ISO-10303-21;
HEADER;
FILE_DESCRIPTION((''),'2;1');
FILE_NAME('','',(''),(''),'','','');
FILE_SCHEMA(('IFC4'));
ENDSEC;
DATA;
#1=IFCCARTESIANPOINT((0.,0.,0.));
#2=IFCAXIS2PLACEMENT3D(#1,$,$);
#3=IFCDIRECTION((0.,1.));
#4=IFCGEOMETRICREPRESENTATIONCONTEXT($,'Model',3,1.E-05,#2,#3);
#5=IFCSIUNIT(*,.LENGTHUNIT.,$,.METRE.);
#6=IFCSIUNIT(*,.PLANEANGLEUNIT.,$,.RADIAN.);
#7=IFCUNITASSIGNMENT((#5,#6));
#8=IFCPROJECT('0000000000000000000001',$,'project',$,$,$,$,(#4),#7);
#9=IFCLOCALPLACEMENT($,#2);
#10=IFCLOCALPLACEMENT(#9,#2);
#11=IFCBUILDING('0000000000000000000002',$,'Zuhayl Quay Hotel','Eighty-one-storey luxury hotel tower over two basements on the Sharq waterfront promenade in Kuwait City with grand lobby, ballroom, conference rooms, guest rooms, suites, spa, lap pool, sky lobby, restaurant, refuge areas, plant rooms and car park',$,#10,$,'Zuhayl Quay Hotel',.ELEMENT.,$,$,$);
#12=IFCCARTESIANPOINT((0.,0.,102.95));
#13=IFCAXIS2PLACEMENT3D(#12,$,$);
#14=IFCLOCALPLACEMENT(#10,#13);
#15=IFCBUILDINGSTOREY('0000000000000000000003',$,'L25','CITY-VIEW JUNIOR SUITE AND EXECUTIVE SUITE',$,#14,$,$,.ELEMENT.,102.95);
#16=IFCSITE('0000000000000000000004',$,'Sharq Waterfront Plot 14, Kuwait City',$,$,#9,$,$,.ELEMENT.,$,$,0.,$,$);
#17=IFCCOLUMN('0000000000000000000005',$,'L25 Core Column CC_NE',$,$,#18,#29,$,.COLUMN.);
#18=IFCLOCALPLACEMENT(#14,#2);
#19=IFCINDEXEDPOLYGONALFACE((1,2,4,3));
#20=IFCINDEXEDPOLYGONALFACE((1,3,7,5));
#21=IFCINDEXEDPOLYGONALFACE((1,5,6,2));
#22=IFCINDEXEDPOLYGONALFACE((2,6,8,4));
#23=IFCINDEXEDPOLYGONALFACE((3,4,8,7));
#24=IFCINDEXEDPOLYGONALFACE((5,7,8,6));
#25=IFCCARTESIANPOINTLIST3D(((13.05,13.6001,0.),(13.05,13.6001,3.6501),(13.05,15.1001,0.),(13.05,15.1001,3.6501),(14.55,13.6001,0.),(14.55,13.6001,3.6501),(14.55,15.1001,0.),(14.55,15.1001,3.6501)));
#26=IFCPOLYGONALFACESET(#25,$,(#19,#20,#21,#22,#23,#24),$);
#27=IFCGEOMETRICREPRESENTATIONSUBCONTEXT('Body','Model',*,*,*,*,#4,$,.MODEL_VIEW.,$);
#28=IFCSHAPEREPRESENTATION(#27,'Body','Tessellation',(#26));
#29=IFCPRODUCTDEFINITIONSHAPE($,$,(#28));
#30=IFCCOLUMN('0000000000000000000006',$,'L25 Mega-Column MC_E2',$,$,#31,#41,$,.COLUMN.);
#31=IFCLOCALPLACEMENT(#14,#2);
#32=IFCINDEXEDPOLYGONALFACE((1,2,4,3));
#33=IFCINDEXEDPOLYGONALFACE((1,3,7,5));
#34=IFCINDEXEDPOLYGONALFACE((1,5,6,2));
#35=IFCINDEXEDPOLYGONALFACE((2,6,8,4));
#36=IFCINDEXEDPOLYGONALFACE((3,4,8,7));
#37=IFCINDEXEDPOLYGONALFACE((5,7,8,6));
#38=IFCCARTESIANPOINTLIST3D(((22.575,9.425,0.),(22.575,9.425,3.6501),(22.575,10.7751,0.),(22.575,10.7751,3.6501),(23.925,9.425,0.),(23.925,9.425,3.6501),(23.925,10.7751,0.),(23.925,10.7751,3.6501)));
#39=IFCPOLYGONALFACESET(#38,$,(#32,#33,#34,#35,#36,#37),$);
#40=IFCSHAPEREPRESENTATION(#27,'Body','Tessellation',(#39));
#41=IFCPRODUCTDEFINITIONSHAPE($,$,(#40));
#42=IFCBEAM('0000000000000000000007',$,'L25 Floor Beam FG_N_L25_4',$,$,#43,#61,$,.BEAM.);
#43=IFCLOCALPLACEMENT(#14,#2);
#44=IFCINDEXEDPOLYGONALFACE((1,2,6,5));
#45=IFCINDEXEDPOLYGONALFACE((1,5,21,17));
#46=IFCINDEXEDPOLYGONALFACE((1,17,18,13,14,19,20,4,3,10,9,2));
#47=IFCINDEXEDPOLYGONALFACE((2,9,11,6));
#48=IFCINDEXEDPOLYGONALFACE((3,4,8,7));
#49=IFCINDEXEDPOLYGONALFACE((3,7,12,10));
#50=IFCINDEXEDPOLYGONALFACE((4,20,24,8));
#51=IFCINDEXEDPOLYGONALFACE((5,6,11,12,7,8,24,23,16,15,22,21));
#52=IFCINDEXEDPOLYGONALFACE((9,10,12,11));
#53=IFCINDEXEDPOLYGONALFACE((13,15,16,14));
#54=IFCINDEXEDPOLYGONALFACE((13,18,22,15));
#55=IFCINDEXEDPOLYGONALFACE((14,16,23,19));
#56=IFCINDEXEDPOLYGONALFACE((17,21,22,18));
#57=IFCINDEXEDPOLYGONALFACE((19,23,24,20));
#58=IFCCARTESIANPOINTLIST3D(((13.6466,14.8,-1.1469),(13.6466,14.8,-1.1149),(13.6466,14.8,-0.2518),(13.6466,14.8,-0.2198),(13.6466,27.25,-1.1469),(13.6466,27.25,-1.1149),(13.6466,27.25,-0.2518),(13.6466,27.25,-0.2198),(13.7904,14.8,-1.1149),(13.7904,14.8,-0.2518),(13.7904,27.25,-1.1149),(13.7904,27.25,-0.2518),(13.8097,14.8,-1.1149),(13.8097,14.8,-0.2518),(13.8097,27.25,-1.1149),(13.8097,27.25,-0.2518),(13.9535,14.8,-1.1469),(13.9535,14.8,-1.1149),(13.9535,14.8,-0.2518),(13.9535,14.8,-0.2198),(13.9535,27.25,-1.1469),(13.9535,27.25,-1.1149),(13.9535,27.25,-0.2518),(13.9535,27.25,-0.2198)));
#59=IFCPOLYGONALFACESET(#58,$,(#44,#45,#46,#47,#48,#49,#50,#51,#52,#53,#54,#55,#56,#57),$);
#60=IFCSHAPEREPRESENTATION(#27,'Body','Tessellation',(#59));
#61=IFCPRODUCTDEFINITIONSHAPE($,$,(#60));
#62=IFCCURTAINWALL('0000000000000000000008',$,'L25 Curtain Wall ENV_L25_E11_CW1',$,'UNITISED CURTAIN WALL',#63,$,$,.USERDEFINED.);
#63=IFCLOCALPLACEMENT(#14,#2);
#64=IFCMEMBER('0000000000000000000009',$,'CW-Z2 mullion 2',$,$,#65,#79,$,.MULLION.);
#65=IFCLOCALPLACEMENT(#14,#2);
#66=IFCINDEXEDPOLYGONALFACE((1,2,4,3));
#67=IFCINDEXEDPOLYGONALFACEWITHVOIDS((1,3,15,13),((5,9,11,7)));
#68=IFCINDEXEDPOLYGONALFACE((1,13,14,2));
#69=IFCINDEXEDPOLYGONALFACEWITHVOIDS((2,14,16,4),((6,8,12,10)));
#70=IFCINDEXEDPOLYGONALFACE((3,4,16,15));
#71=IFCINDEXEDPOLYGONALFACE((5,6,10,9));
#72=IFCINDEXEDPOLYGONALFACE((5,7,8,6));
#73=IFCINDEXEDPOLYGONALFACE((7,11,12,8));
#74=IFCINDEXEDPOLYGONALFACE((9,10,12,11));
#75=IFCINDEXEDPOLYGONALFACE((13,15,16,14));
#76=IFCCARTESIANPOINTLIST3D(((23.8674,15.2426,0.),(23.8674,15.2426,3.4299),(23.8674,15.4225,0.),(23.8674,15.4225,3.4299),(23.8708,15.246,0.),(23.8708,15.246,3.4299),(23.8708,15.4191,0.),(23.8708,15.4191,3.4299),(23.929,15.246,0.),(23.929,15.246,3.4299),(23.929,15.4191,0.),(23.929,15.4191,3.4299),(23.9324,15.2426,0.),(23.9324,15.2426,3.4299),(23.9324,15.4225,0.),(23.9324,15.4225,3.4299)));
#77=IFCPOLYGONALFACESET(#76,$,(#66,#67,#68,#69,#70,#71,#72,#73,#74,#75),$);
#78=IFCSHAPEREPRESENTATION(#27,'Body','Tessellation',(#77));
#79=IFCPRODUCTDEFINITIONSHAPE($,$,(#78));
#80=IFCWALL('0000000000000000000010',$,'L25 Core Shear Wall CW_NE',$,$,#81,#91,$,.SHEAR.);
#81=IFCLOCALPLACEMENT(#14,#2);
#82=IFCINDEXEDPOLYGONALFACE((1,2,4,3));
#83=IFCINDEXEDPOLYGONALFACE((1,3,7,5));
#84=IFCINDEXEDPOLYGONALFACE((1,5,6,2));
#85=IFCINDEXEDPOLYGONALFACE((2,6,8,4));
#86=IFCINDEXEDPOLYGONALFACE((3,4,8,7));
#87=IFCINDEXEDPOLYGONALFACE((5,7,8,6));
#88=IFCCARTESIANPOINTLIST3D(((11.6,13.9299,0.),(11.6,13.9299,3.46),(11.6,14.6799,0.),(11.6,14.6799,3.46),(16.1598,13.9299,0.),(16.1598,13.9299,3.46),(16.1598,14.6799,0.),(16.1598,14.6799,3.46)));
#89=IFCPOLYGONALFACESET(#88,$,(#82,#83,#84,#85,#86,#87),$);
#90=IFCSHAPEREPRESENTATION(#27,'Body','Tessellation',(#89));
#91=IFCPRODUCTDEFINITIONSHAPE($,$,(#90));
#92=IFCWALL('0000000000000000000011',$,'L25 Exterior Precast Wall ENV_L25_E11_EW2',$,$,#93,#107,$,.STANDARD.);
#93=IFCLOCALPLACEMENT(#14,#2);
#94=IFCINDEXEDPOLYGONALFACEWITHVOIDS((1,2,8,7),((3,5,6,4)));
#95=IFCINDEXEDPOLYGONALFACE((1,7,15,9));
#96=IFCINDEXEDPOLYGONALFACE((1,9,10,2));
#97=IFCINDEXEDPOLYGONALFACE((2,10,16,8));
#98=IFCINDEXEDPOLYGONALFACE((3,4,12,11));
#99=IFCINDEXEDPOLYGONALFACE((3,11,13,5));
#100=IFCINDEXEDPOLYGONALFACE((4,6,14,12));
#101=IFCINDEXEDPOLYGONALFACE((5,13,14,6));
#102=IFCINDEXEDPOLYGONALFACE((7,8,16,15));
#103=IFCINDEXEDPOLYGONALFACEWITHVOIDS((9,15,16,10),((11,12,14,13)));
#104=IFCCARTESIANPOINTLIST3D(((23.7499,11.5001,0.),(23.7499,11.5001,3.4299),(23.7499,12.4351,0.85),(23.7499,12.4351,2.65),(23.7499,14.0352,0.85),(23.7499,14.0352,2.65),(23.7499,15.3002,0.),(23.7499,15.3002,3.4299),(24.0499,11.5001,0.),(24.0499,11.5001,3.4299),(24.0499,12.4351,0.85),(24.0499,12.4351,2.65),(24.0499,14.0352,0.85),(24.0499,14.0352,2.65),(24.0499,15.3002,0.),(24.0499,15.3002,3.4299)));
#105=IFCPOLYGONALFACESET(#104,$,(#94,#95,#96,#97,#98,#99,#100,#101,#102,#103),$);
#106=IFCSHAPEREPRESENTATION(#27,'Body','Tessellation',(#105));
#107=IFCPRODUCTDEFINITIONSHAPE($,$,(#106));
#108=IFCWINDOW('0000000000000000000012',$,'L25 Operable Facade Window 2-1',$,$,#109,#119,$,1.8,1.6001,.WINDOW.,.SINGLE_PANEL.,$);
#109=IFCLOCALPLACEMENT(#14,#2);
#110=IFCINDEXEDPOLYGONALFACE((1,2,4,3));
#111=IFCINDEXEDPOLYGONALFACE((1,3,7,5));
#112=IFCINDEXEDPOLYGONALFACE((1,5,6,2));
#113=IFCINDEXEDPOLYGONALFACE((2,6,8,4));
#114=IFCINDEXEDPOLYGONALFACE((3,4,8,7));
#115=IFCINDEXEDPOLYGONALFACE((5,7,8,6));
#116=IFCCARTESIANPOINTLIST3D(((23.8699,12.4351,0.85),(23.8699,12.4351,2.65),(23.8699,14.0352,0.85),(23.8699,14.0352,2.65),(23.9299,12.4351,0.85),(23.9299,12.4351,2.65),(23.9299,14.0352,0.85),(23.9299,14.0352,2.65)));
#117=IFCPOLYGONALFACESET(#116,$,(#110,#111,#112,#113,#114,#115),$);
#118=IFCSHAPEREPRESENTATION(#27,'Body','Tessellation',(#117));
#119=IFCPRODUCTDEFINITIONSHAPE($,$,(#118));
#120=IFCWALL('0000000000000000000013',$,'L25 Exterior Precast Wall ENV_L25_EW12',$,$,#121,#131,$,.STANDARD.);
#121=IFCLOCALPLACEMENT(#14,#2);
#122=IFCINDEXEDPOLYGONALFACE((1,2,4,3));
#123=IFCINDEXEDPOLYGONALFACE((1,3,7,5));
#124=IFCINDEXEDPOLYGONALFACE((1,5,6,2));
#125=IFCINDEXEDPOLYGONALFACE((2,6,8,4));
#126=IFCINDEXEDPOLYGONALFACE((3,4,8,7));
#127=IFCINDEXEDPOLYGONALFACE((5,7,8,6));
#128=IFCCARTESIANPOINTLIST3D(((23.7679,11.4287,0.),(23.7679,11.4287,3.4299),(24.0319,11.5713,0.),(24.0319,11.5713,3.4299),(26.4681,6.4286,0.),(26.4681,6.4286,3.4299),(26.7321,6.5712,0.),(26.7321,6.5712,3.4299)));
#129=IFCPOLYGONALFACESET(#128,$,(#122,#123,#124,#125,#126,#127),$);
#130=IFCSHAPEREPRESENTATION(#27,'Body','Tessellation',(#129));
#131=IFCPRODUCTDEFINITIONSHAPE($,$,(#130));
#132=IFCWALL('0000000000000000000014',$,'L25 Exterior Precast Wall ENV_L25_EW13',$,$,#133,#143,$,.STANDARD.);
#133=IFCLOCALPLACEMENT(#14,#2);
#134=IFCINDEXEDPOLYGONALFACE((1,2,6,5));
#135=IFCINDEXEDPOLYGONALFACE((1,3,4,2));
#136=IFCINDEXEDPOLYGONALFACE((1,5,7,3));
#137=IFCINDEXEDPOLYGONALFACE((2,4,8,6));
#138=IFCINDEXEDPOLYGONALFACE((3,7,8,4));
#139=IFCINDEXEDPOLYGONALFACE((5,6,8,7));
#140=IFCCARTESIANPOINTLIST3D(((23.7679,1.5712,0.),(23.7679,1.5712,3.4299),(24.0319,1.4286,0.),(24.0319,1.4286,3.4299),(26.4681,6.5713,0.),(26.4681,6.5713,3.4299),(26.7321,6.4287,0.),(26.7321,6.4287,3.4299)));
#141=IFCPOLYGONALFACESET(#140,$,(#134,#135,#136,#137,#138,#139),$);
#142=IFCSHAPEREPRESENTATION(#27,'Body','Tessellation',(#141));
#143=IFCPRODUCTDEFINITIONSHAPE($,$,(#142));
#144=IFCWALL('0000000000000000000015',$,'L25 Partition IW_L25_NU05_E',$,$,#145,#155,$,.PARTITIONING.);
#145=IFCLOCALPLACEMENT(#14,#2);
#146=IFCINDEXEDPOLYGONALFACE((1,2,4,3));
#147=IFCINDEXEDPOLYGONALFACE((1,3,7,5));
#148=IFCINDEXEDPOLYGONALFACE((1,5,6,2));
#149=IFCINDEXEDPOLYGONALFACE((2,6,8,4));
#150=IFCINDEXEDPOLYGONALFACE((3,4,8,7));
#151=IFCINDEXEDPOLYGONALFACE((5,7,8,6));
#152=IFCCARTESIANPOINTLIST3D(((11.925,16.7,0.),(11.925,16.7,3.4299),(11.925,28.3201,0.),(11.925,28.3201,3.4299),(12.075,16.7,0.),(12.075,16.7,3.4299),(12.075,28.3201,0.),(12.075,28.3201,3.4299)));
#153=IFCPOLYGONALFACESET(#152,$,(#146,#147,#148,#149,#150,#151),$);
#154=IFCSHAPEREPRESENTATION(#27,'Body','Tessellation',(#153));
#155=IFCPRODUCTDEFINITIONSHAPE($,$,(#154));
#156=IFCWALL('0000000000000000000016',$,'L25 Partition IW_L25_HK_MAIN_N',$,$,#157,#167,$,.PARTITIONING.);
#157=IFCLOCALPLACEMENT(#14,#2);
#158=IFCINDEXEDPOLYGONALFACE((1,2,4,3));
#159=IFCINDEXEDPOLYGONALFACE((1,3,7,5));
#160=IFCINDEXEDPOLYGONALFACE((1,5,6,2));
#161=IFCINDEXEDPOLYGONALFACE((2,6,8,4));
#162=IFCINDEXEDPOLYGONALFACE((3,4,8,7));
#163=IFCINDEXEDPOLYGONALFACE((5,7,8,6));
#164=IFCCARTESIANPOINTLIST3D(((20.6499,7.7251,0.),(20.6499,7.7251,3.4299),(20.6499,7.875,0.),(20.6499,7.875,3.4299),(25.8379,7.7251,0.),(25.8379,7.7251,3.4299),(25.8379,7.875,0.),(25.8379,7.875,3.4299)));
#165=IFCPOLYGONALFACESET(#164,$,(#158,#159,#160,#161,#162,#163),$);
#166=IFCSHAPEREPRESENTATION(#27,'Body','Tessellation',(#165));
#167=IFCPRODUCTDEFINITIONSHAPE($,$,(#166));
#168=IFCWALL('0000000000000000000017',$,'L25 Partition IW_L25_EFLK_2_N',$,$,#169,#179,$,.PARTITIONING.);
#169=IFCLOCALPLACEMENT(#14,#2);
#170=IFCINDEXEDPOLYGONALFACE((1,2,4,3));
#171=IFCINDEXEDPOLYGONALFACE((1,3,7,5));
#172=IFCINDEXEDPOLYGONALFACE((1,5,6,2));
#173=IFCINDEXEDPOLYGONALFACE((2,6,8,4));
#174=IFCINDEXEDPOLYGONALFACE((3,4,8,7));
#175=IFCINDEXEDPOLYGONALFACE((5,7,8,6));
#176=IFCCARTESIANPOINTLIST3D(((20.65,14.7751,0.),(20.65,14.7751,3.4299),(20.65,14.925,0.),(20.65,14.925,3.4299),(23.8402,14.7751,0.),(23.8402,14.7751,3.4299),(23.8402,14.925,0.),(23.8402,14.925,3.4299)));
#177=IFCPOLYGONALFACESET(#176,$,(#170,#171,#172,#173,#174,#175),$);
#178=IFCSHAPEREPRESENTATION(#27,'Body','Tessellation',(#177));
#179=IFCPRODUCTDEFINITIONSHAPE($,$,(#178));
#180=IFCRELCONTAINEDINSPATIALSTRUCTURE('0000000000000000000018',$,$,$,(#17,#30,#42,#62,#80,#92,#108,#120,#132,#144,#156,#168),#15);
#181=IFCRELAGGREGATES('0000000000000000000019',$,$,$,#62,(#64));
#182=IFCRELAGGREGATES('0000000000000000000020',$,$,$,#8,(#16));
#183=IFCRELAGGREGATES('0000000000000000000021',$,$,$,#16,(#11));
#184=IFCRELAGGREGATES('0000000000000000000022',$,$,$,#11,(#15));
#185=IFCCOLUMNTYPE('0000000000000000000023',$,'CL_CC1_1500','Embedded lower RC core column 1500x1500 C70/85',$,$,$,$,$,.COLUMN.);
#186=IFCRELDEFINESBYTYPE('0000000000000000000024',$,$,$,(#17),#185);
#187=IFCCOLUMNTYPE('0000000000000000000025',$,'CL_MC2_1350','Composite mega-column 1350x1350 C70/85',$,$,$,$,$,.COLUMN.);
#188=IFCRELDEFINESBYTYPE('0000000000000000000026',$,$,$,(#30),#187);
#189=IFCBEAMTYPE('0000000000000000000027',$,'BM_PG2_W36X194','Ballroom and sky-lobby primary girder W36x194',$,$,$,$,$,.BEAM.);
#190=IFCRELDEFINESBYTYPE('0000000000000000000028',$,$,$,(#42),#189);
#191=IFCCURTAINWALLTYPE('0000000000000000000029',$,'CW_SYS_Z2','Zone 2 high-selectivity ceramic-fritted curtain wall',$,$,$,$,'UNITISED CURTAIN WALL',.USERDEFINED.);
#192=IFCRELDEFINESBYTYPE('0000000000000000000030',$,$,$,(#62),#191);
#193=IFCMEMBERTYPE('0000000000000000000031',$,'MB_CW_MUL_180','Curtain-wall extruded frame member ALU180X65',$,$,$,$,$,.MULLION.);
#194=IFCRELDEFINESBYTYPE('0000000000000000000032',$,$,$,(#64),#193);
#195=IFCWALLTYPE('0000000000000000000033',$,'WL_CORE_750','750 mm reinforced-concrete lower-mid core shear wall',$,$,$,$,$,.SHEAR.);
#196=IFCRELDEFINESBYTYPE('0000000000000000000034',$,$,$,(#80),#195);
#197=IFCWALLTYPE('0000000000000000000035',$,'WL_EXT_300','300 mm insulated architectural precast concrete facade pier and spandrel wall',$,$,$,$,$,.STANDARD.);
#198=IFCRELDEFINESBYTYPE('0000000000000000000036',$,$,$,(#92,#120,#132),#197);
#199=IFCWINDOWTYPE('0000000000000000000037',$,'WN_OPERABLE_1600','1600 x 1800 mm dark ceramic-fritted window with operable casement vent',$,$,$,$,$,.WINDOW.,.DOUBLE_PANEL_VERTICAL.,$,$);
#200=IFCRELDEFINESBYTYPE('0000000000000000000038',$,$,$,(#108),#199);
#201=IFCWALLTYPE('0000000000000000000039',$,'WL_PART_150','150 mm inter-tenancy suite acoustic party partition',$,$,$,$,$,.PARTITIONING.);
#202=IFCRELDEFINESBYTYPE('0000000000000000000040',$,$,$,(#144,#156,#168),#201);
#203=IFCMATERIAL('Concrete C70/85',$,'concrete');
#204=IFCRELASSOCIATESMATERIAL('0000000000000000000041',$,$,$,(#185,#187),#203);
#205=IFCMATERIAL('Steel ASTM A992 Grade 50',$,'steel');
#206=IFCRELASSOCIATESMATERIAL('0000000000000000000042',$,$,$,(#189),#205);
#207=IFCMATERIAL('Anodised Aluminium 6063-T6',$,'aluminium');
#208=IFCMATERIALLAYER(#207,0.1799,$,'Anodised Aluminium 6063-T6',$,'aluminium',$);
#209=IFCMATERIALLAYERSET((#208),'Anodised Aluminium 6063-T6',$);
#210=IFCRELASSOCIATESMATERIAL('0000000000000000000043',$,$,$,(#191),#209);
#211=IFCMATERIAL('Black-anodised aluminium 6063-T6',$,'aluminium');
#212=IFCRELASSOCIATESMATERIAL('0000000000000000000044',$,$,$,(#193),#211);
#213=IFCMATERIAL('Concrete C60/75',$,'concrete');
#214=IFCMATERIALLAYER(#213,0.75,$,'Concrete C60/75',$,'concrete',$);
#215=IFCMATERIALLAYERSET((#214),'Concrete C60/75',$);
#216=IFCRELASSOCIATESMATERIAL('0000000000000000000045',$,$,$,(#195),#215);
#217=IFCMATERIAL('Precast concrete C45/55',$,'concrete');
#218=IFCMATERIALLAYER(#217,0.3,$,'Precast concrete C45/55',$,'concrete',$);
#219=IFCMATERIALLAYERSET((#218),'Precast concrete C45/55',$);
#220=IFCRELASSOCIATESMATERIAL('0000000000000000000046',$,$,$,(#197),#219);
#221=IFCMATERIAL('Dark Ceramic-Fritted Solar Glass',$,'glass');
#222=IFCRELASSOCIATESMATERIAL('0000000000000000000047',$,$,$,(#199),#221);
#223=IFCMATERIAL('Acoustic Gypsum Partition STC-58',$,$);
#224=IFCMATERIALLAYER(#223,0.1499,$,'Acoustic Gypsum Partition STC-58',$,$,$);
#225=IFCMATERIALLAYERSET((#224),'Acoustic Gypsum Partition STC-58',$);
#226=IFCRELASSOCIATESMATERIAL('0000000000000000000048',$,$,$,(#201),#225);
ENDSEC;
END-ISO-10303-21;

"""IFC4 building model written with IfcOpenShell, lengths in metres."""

from ifc_helpers import new_model, si_unit, direction, frame, frame_2d, origin, origin_2d, place, context, subcontext, project, spatial, rectangle, hollow_rectangle, i_section, extrude, material, layer, layer_set, material_profile, profile_set, type_object, element, fill, aggregate, save


model = new_model("IFC4")

# Units and contexts
model_context = context("Model", 3, precision=1e-05, world=origin(), true_north=direction((0.0, 1.0)))
body_context = subcontext(model_context, "Body", "Model", "MODEL_VIEW")
ifc_project = project(units=[si_unit("LENGTHUNIT", "METRE"), si_unit("PLANEANGLEUNIT", "RADIAN")], contexts=[model_context])

# Site, building, storey
site_placement = place(None, origin())
site = spatial("IfcSite", under=ifc_project, at=site_placement, Name="Sharq Waterfront Plot 14, Kuwait City", CompositionType="ELEMENT", RefElevation=0.0)
building_placement = place(site_placement, origin())
building = spatial("IfcBuilding", under=site, at=building_placement, Name="Zuhayl Quay Hotel", Description="Eighty-one-storey luxury hotel tower over two basements on the Sharq waterfront promenade in Kuwait City with grand lobby, ballroom, conference rooms, guest rooms, suites, spa, lap pool, sky lobby, restaurant, refuge areas, plant rooms and car park", LongName="Zuhayl Quay Hotel", CompositionType="ELEMENT")
storey_placement = place(building_placement, frame((0.0, 0.0, 102.95)))
storey = spatial("IfcBuildingStorey", under=building, at=storey_placement, Name="L25", Description="CITY-VIEW JUNIOR SUITE AND EXECUTIVE SUITE", CompositionType="ELEMENT", Elevation=102.95)

# Columns
ifc_material_1 = material(Name="Concrete C70/85", Category="concrete")
ifc_material_profile_1 = material_profile(ifc_material_1, rectangle(XDim=1.5, YDim=1.5, at=origin_2d()), Name="RC1500X1500")
ifc_profile_set_1 = profile_set([ifc_material_profile_1], Name="Concrete C70/85")
column_type_1 = type_object("IfcColumnType", Name="CL_CC1_1500", Description="Embedded lower RC core column 1500x1500 C70/85", PredefinedType="COLUMN", material=ifc_profile_set_1)
column_1_placement = place(storey_placement, frame((13.8, 14.3501, 0.0), z_axis=(0.0, 0.0, 1.0), x_axis=(1.0, 0.0, 0.0)))
element("IfcColumn", 1, at=column_1_placement, inside=storey, type_object=column_type_1, Name="L25 Core Column CC_NE", PredefinedType="COLUMN", context=body_context, shape_type="SweptSolid", body=[
    extrude(rectangle(XDim=1.5, YDim=1.5, at=origin_2d()), origin(), (0.0, 0.0, 1.0), 3.6501),
])
ifc_material_profile_2 = material_profile(ifc_material_1, rectangle(XDim=1.3501, YDim=1.3501, at=origin_2d()), Name="RC1350X1350")
ifc_profile_set_2 = profile_set([ifc_material_profile_2], Name="Concrete C70/85")
column_type_2 = type_object("IfcColumnType", Name="CL_MC2_1350", Description="Composite mega-column 1350x1350 C70/85", PredefinedType="COLUMN", material=ifc_profile_set_2)
column_2_placement = place(storey_placement, frame((23.25, 10.1001, 0.0), z_axis=(0.0, 0.0, 1.0), x_axis=(1.0, 0.0, 0.0)))
element("IfcColumn", 2, at=column_2_placement, inside=storey, type_object=column_type_2, Name="L25 Mega-Column MC_E2", PredefinedType="COLUMN", context=body_context, shape_type="SweptSolid", body=[
    extrude(rectangle(XDim=1.3501, YDim=1.3501, at=origin_2d()), origin(), (0.0, 0.0, 1.0), 3.6501),
])

# Beam
ifc_material_2 = material(Name="Steel ASTM A992 Grade 50", Category="steel")
ifc_material_profile_3 = material_profile(ifc_material_2, i_section(OverallWidth=0.3069, OverallDepth=0.927, WebThickness=0.0193, FlangeThickness=0.032, at=origin_2d()), Name="W36X194")
ifc_profile_set_3 = profile_set([ifc_material_profile_3], Name="Steel ASTM A992 Grade 50")
beam_type = type_object("IfcBeamType", Name="BM_PG2_W36X194", Description="Ballroom and sky-lobby primary girder W36x194", PredefinedType="BEAM", material=ifc_profile_set_3)
beam_placement = place(storey_placement, frame((13.8, 14.8, -0.6833), z_axis=(0.0, 1.0, 0.0), x_axis=(-1.0, 0.0, 0.0)))
element("IfcBeam", 3, at=beam_placement, inside=storey, type_object=beam_type, Name="L25 Floor Beam FG_N_L25_4", PredefinedType="BEAM", context=body_context, shape_type="SweptSolid", body=[
    extrude(i_section(OverallWidth=0.3069, OverallDepth=0.927, WebThickness=0.0193, FlangeThickness=0.032, at=origin_2d()), origin(), (0.0, 0.0, 1.0), 12.45),
])

# Curtain wall, member
ifc_material_3 = material(Name="Anodised Aluminium 6063-T6", Category="aluminium")
ifc_layer_1 = layer(ifc_material_3, 0.1799, Name="Anodised Aluminium 6063-T6", Category="aluminium")
ifc_layer_set_1 = layer_set([ifc_layer_1], Name="Anodised Aluminium 6063-T6")
curtain_wall_type = type_object("IfcCurtainWallType", Name="CW_SYS_Z2", Description="Zone 2 high-selectivity ceramic-fritted curtain wall", ElementType="UNITISED CURTAIN WALL", PredefinedType="USERDEFINED", material=ifc_layer_set_1)
curtain_wall_placement = place(storey_placement, origin())
curtain_wall = element("IfcCurtainWall", 4, at=curtain_wall_placement, inside=storey, type_object=curtain_wall_type, Name="L25 Curtain Wall ENV_L25_E11_CW1", ObjectType="UNITISED CURTAIN WALL", PredefinedType="USERDEFINED")
ifc_material_4 = material(Name="Black-anodised aluminium 6063-T6", Category="aluminium")
ifc_material_profile_4 = material_profile(ifc_material_4, hollow_rectangle(XDim=0.0649, YDim=0.1799, WallThickness=0.0034, at=origin_2d()), Name="ALU180X65")
ifc_profile_set_4 = profile_set([ifc_material_profile_4], Name="Black-anodised aluminium 6063-T6")
member_type = type_object("IfcMemberType", Name="MB_CW_MUL_180", Description="Curtain-wall extruded frame member ALU180X65", PredefinedType="MULLION", material=ifc_profile_set_4)
member_placement = place(storey_placement, frame((23.8999, 15.3325, 0.0), z_axis=(0.0, 0.0, 1.0), x_axis=(1.0, 0.0, 0.0)))
member = element("IfcMember", 5, at=member_placement, type_object=member_type, Name="CW-Z2 mullion 2", PredefinedType="MULLION", context=body_context, shape_type="SweptSolid", body=[
    extrude(hollow_rectangle(XDim=0.0649, YDim=0.1799, WallThickness=0.0034, at=origin_2d()), origin(), (0.0, 0.0, 1.0), 3.4299),
])
aggregate(curtain_wall, [member])

# Wall
ifc_material_5 = material(Name="Concrete C60/75", Category="concrete")
ifc_layer_2 = layer(ifc_material_5, 0.75, Name="Concrete C60/75", Category="concrete")
ifc_layer_set_2 = layer_set([ifc_layer_2], Name="Concrete C60/75")
wall_type_1 = type_object("IfcWallType", Name="WL_CORE_750", Description="750 mm reinforced-concrete lower-mid core shear wall", PredefinedType="SHEAR", material=ifc_layer_set_2)
wall_1_placement = place(storey_placement, frame((11.6001, 14.3049, 0.0), z_axis=(0.0, 0.0, 1.0), x_axis=(1.0, 0.0, 0.0)))
element("IfcWall", 6, at=wall_1_placement, inside=storey, type_object=wall_type_1, Name="L25 Core Shear Wall CW_NE", PredefinedType="SHEAR", context=body_context, shape_type="SweptSolid", body=[
    extrude(rectangle(XDim=4.5598, YDim=0.75, at=frame_2d((2.2798, 0.0))), origin(), (0.0, 0.0, 1.0), 3.46),
])

# Wall, opening, window
ifc_material_6 = material(Name="Precast concrete C45/55", Category="concrete")
ifc_layer_3 = layer(ifc_material_6, 0.3, Name="Precast concrete C45/55", Category="concrete")
ifc_layer_set_3 = layer_set([ifc_layer_3], Name="Precast concrete C45/55")
wall_type_2 = type_object("IfcWallType", Name="WL_EXT_300", Description="300 mm insulated architectural precast concrete facade pier and spandrel wall", PredefinedType="STANDARD", material=ifc_layer_set_3)
wall_2_placement = place(storey_placement, frame((23.8999, 15.3, 0.0), z_axis=(0.0, 0.0, 1.0), x_axis=(0.0, -1.0, 0.0)))
wall_2 = element("IfcWall", 7, at=wall_2_placement, inside=storey, type_object=wall_type_2, Name="L25 Exterior Precast Wall ENV_L25_E11_EW2", PredefinedType="STANDARD", context=body_context, shape_type="SweptSolid", body=[
    extrude(rectangle(XDim=3.8, YDim=0.3, at=frame_2d((1.8999, 0.0))), origin(), (0.0, 0.0, 1.0), 3.4299),
])
opening_1_placement = place(wall_2_placement, frame((1.2649, 0.0, 0.8501)))
opening_1 = element("IfcOpeningElement", 8, at=opening_1_placement, cuts=wall_2, PredefinedType="OPENING", context=body_context, shape_type="SweptSolid", body=[
    extrude(rectangle(XDim=1.6001, YDim=1.8, at=frame_2d((0.8, 0.8999))), frame((0.0, 0.1599, 0.0), z_axis=(0.0, -1.0, 0.0), x_axis=(1.0, 0.0, 0.0)), (0.0, 0.0, 1.0), 0.3201),
])
ifc_material_7 = material(Name="Dark Ceramic-Fritted Solar Glass", Category="glass")
window_type = type_object("IfcWindowType", Name="WN_OPERABLE_1600", Description="1600 x 1800 mm dark ceramic-fritted window with operable casement vent", PartitioningType="DOUBLE_PANEL_VERTICAL", PredefinedType="WINDOW", material=ifc_material_7)
window_placement = place(opening_1_placement, origin())
window = element("IfcWindow", 9, at=window_placement, inside=storey, type_object=window_type, Name="L25 Operable Facade Window 2-1", OverallHeight=1.8, OverallWidth=1.6001, PartitioningType="SINGLE_PANEL", PredefinedType="WINDOW", context=body_context, shape_type="SweptSolid", body=[
    extrude(rectangle(XDim=1.6001, YDim=1.8, at=frame_2d((0.8, 0.8999))), frame((0.0, 0.03, 0.0), z_axis=(0.0, -1.0, 0.0), x_axis=(1.0, 0.0, 0.0)), (0.0, 0.0, 1.0), 0.0601),
])
fill(opening_1, window)

# Walls
for number, where, z_axis, x_axis, name in (
    (10, (23.8999, 11.5, 0.0), (0.0, 0.0, 1.0), (0.475176, -0.879891, 0.0), "L25 Exterior Precast Wall ENV_L25_EW12"),
    (11, (26.6001, 6.5, 0.0), (0.0, 0.0, 1.0), (-0.475176, -0.879891, 0.0), "L25 Exterior Precast Wall ENV_L25_EW13"),
):
    element("IfcWall", number, at=place(storey_placement, frame(where, z_axis=z_axis, x_axis=x_axis)), inside=storey, type_object=wall_type_2, Name=name, PredefinedType="STANDARD", context=body_context, shape_type="SweptSolid", body=[
        extrude(rectangle(XDim=5.6826, YDim=0.3, at=frame_2d((2.8413, 0.0))), origin(), (0.0, 0.0, 1.0), 3.4299),
    ])
ifc_material_8 = material(Name="Acoustic Gypsum Partition STC-58")
ifc_layer_4 = layer(ifc_material_8, 0.1499, Name="Acoustic Gypsum Partition STC-58")
ifc_layer_set_4 = layer_set([ifc_layer_4], Name="Acoustic Gypsum Partition STC-58")
wall_type_3 = type_object("IfcWallType", Name="WL_PART_150", Description="150 mm inter-tenancy suite acoustic party partition", PredefinedType="PARTITIONING", material=ifc_layer_set_4)
wall_3_placement = place(storey_placement, frame((12.0, 16.7, 0.0), z_axis=(0.0, 0.0, 1.0), x_axis=(0.0, 1.0, 0.0)))
element("IfcWall", 12, at=wall_3_placement, inside=storey, type_object=wall_type_3, Name="L25 Partition IW_L25_NU05_E", PredefinedType="PARTITIONING", context=body_context, shape_type="SweptSolid", body=[
    extrude(rectangle(XDim=11.6201, YDim=0.1499, at=frame_2d((5.8101, 0.0))), origin(), (0.0, 0.0, 1.0), 3.4299),
])
wall_4_placement = place(storey_placement, frame((20.6499, 7.8, 0.0), z_axis=(0.0, 0.0, 1.0), x_axis=(1.0, 0.0, 0.0)))
element("IfcWall", 13, at=wall_4_placement, inside=storey, type_object=wall_type_3, Name="L25 Partition IW_L25_HK_MAIN_N", PredefinedType="PARTITIONING", context=body_context, shape_type="SweptSolid", body=[
    extrude(rectangle(XDim=5.188, YDim=0.1499, at=frame_2d((2.594, 0.0))), origin(), (0.0, 0.0, 1.0), 3.4299),
])
wall_5_placement = place(storey_placement, frame((20.6499, 14.8501, 0.0), z_axis=(0.0, 0.0, 1.0), x_axis=(1.0, 0.0, 0.0)))
element("IfcWall", 14, at=wall_5_placement, inside=storey, type_object=wall_type_3, Name="L25 Partition IW_L25_EFLK_2_N", PredefinedType="PARTITIONING", context=body_context, shape_type="SweptSolid", body=[
    extrude(rectangle(XDim=3.1902, YDim=0.1499, at=frame_2d((1.5952, 0.0))), origin(), (0.0, 0.0, 1.0), 3.4299),
])

save(model, "model.ifc")
